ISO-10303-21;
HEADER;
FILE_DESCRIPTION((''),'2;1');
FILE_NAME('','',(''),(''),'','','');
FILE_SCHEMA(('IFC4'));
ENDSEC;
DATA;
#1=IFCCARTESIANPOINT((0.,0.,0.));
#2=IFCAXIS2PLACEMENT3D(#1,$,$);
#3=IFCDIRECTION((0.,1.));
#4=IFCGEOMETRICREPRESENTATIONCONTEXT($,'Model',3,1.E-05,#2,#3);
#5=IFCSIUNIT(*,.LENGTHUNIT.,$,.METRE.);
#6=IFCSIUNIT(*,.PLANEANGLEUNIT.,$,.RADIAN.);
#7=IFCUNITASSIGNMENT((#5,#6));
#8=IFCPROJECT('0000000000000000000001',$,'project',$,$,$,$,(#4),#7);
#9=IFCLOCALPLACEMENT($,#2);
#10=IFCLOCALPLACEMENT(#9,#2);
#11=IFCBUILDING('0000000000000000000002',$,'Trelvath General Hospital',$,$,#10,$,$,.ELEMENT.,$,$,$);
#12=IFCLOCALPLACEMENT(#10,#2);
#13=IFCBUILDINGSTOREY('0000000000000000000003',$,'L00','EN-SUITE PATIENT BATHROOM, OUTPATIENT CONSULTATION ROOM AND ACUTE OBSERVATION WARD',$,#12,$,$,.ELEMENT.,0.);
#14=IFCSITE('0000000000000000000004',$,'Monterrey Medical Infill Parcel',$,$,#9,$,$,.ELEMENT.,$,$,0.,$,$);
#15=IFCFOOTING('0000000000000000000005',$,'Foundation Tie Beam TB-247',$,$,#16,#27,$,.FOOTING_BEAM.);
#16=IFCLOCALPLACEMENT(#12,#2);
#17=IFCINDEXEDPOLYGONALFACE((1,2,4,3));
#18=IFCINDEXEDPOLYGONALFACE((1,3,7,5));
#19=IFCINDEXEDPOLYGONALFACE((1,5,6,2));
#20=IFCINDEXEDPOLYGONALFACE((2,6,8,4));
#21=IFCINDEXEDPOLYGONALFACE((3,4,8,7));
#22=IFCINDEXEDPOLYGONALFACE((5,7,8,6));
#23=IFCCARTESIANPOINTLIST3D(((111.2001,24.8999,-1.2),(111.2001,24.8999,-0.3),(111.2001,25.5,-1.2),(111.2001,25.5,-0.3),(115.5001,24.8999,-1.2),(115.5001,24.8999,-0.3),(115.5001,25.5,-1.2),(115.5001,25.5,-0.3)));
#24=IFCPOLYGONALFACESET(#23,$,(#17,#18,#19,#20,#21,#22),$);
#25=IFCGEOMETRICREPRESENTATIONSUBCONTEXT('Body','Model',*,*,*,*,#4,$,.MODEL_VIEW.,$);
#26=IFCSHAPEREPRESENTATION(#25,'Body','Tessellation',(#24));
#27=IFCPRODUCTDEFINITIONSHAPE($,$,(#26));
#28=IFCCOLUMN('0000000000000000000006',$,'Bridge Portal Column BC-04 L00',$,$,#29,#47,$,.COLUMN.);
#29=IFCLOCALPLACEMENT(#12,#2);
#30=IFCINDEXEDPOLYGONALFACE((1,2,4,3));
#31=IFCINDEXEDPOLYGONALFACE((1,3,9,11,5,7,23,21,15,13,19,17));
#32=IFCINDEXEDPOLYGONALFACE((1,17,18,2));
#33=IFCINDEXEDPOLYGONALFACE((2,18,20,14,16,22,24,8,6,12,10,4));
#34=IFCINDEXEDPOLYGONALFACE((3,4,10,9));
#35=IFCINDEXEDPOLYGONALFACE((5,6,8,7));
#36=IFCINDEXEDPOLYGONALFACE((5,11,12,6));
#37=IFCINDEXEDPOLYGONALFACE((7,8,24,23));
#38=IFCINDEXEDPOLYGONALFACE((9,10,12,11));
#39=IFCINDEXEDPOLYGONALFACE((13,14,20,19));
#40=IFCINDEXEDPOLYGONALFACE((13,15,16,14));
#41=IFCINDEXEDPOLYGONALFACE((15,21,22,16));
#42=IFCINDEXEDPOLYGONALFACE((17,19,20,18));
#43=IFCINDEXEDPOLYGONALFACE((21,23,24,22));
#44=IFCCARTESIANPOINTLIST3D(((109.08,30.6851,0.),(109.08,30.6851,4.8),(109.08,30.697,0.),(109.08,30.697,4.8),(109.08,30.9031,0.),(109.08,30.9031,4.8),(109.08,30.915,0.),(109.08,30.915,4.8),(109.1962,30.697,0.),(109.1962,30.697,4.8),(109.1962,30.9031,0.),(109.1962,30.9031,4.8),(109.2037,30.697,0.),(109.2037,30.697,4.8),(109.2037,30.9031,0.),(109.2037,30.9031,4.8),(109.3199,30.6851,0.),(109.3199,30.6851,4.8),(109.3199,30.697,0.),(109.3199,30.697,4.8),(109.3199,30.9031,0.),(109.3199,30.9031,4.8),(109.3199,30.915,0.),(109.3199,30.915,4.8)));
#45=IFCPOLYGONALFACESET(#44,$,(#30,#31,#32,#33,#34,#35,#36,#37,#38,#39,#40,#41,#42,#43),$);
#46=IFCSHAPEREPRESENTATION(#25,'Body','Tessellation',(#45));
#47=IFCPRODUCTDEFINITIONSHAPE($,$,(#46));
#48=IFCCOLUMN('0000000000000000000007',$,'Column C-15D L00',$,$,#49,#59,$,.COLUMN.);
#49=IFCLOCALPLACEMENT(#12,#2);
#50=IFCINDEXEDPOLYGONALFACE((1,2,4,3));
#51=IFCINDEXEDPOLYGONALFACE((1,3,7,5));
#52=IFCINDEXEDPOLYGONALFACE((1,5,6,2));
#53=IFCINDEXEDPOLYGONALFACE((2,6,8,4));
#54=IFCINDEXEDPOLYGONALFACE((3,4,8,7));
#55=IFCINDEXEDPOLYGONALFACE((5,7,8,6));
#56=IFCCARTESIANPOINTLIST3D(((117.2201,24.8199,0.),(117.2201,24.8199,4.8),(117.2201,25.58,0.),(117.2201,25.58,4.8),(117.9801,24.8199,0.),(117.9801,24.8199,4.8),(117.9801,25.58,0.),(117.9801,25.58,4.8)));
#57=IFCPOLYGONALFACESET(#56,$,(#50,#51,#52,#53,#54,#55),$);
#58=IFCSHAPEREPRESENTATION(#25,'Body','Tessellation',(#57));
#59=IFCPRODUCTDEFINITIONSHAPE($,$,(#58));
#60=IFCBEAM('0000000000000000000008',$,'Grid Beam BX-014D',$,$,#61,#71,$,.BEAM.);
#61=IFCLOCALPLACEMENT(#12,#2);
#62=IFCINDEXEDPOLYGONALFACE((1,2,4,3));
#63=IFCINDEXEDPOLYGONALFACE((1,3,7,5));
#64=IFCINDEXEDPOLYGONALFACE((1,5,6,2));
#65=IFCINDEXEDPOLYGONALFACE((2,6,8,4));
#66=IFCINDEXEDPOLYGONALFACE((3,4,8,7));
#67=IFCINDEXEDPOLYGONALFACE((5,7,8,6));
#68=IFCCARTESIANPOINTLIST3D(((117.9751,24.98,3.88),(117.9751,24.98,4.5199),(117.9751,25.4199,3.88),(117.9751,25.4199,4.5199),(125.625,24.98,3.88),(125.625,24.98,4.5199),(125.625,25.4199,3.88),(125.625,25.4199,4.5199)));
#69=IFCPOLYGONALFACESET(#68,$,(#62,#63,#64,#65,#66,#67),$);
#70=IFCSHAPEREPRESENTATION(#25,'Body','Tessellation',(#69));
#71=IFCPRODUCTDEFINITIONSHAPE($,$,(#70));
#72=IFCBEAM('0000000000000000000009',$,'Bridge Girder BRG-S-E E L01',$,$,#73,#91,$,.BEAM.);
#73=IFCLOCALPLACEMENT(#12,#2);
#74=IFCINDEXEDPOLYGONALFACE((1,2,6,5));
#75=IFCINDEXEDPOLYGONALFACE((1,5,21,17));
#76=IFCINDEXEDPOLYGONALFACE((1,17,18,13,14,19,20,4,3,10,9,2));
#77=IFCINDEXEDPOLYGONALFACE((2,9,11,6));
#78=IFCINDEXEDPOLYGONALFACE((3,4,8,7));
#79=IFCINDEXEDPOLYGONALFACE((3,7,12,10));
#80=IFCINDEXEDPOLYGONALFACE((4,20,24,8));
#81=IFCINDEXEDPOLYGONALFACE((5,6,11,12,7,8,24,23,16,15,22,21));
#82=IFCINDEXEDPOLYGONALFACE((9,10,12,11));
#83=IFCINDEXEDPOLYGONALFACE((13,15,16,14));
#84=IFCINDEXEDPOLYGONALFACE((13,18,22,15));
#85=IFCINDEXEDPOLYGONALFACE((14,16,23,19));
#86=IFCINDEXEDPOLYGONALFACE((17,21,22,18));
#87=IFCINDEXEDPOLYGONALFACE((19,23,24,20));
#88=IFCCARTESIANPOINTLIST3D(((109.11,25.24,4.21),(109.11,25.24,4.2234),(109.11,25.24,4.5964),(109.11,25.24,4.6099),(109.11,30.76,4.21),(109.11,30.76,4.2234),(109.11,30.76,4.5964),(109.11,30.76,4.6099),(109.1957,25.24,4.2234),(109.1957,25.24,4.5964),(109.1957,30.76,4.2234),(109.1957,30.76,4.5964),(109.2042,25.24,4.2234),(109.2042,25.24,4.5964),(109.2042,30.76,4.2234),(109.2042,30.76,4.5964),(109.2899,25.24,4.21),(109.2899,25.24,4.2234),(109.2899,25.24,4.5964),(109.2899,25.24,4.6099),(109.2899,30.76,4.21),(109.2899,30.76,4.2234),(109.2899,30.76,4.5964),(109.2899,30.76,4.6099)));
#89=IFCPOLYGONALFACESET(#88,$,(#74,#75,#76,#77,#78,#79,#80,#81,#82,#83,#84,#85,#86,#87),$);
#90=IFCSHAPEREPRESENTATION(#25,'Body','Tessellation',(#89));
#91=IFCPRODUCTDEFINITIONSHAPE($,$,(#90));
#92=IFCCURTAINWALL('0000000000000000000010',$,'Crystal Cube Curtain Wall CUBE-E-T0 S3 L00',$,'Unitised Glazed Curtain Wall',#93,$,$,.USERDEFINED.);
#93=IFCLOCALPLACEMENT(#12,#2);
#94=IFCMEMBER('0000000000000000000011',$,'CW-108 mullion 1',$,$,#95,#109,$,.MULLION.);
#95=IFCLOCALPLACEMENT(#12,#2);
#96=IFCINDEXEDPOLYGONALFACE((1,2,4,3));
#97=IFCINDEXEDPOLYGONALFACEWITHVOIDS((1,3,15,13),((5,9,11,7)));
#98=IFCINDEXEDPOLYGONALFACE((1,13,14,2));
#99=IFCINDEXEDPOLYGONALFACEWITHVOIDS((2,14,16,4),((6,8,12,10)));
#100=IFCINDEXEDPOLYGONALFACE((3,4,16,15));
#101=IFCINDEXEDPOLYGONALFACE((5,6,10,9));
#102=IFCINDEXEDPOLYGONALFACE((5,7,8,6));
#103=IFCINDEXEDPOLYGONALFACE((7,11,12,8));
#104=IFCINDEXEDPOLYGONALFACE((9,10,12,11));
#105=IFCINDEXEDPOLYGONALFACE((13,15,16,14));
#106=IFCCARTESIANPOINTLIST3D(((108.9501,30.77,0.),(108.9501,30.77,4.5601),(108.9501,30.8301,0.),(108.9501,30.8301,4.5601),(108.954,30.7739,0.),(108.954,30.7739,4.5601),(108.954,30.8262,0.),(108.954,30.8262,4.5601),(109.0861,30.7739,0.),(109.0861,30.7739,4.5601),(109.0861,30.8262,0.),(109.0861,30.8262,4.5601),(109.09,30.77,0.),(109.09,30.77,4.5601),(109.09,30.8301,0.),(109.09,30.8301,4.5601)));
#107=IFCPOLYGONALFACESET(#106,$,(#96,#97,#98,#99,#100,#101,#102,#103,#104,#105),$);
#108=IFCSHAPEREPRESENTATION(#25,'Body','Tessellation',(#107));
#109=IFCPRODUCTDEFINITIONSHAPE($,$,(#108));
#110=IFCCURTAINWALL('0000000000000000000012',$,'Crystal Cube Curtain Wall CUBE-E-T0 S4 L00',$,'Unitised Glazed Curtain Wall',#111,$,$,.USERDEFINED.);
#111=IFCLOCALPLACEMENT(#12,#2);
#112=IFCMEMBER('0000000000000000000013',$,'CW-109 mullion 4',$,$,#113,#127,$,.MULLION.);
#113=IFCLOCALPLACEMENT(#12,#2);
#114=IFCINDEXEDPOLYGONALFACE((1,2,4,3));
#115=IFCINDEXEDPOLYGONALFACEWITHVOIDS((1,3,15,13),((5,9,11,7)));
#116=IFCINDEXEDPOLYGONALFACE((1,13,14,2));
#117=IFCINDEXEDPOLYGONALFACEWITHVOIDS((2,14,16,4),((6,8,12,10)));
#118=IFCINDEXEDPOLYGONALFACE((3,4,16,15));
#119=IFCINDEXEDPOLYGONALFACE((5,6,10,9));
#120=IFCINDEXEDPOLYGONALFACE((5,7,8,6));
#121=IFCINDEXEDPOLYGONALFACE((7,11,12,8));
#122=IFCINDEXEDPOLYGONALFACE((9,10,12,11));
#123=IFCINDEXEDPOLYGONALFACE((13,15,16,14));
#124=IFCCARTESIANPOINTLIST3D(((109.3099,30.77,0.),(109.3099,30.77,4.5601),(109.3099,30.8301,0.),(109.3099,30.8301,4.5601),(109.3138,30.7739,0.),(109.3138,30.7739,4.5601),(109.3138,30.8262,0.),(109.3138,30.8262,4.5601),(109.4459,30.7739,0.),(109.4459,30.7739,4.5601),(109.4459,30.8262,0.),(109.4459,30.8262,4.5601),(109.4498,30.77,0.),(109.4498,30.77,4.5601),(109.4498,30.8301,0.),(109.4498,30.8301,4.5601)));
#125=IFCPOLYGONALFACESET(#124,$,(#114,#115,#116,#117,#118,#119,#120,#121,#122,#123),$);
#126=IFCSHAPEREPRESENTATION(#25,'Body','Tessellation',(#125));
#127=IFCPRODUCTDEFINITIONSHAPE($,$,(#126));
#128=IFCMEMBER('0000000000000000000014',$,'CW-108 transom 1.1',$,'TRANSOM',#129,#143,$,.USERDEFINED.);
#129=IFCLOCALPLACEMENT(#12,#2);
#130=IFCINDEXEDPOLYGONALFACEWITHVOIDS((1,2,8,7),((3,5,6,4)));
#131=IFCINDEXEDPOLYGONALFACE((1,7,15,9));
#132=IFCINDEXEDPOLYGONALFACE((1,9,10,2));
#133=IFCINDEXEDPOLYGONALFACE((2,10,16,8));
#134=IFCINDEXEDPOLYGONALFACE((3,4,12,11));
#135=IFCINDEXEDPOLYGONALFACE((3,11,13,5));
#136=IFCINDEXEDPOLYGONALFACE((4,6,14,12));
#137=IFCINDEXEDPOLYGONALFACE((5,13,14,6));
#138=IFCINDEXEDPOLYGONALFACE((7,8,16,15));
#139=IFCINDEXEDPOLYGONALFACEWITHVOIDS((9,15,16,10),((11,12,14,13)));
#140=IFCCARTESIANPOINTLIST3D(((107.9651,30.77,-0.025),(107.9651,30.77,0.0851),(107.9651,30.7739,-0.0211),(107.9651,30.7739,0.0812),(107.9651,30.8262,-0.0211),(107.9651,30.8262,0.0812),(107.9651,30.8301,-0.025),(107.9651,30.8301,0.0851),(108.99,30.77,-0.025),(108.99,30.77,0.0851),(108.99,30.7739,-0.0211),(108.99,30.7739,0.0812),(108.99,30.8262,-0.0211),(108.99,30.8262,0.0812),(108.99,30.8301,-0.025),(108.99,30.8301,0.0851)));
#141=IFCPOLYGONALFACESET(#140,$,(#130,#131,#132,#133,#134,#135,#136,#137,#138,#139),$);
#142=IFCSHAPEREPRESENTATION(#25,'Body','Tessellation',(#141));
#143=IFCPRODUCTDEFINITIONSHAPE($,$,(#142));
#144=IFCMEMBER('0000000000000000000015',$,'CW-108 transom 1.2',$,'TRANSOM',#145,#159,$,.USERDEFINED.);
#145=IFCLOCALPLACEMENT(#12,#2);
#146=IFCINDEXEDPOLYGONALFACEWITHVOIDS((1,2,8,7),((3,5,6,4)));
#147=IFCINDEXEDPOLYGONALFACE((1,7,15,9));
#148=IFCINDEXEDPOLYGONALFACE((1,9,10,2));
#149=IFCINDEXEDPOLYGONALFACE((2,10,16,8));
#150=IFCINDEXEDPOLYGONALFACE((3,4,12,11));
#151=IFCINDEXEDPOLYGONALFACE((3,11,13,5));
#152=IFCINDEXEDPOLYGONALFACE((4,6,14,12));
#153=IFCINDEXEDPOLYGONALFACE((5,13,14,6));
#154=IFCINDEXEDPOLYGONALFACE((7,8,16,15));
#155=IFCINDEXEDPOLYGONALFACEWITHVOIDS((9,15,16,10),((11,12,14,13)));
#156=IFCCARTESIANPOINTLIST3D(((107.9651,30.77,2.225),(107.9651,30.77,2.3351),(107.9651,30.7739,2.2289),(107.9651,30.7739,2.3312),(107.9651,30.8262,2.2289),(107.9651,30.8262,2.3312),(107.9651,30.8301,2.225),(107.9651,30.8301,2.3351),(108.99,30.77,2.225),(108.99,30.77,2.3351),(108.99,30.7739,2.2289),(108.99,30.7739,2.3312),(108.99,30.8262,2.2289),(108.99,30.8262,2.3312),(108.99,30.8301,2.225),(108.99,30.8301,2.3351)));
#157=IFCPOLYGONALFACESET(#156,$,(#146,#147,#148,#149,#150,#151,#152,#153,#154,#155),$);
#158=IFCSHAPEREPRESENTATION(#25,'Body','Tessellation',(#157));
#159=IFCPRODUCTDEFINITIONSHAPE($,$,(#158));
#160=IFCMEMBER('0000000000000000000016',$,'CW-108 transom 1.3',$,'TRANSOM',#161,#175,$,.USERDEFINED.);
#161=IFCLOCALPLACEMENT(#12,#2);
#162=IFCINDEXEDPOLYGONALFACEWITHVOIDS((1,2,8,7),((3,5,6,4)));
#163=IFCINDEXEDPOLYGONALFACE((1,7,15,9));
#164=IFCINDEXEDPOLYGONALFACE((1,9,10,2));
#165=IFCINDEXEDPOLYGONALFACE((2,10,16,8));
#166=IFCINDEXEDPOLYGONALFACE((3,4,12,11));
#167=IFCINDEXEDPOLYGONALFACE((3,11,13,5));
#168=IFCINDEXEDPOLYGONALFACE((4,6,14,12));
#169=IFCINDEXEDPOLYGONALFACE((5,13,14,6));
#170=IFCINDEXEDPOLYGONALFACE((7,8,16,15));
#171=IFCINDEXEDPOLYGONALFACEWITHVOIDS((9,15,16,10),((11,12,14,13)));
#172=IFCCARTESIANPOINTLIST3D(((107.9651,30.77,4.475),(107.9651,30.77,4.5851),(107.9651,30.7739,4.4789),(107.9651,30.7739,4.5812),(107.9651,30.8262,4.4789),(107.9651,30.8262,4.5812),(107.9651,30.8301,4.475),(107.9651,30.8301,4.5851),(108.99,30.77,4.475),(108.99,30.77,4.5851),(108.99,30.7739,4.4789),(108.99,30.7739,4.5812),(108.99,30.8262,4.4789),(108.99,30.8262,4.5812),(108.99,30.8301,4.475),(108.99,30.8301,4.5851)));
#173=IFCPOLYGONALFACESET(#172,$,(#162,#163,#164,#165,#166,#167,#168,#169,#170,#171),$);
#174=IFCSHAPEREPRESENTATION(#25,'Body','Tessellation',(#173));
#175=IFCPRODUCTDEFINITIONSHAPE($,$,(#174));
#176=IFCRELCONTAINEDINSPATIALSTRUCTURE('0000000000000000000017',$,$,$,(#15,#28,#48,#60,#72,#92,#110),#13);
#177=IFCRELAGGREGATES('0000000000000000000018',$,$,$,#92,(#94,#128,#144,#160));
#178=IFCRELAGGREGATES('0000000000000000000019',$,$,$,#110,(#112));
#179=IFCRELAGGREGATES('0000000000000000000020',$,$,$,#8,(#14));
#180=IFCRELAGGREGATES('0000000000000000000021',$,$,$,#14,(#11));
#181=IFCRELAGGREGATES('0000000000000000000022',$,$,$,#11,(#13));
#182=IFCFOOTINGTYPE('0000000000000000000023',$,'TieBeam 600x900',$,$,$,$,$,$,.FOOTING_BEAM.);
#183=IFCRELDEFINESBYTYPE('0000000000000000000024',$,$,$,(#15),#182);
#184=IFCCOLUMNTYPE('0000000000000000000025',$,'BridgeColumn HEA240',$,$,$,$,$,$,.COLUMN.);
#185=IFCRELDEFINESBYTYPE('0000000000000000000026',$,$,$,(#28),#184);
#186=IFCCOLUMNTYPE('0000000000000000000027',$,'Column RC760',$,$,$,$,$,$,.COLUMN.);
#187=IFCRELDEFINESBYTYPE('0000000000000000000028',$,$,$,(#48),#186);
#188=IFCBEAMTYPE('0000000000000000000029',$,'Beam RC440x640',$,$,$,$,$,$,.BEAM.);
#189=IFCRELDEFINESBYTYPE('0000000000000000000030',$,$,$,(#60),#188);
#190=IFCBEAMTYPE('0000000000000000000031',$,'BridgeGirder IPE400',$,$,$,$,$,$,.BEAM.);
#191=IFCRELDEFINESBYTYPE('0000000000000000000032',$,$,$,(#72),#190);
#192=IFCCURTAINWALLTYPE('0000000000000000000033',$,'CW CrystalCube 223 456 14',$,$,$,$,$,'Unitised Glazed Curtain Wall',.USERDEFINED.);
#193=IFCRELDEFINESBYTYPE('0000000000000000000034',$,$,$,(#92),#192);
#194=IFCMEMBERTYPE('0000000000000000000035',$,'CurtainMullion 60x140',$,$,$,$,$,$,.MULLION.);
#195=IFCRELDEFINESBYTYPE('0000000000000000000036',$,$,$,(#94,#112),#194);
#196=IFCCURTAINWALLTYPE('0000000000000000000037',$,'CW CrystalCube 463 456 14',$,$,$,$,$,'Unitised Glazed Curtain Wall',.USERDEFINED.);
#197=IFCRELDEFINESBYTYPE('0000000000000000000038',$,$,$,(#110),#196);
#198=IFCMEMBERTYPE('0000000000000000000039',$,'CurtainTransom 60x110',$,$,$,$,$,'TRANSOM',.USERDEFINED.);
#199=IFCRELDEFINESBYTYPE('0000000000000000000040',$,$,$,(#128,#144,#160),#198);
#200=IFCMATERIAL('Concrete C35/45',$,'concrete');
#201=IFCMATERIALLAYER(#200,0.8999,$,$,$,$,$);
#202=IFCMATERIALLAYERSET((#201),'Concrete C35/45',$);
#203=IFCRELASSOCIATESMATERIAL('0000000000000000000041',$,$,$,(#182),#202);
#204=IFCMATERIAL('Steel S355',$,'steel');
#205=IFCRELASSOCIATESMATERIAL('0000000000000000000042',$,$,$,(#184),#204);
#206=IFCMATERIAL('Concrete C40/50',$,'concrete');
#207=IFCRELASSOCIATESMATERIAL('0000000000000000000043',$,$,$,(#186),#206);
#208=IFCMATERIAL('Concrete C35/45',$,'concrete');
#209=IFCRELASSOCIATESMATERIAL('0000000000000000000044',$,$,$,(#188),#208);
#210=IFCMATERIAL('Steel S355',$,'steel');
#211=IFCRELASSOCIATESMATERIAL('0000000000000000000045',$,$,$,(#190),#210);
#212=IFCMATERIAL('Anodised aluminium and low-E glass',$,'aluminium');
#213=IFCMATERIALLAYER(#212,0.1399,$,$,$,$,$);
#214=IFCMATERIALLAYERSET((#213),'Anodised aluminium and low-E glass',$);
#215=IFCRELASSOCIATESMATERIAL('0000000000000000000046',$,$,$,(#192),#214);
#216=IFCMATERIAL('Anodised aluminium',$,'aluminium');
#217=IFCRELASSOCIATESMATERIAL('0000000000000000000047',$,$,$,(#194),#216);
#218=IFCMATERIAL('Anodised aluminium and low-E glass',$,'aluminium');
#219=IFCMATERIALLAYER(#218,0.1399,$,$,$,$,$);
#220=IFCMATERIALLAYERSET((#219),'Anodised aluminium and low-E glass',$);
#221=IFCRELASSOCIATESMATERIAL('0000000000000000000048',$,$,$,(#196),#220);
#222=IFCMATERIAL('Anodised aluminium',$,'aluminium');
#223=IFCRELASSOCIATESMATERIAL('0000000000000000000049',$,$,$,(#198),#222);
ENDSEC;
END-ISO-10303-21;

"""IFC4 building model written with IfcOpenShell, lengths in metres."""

from ifc_helpers import new_model, si_unit, direction, frame, origin, origin_2d, place, context, subcontext, project, spatial, rectangle, hollow_rectangle, i_section, extrude, material, layer, layer_set, material_profile, profile_set, type_object, element, aggregate, save


model = new_model("IFC4")

# Units and contexts
model_context = context("Model", 3, precision=1e-05, world=origin(), true_north=direction((0.0, 1.0)))
body_context = subcontext(model_context, "Body", "Model", "MODEL_VIEW")
ifc_project = project(units=[si_unit("LENGTHUNIT", "METRE"), si_unit("PLANEANGLEUNIT", "RADIAN")], contexts=[model_context])

# Site, building, storey
site_placement = place(None, origin())
site = spatial("IfcSite", under=ifc_project, at=site_placement, Name="Monterrey Medical Infill Parcel", CompositionType="ELEMENT", RefElevation=0.0)
building_placement = place(site_placement, origin())
building = spatial("IfcBuilding", under=site, at=building_placement, Name="Trelvath General Hospital", CompositionType="ELEMENT")
storey_placement = place(building_placement, origin())
storey = spatial("IfcBuildingStorey", under=building, at=storey_placement, Name="L00", Description="EN-SUITE PATIENT BATHROOM, OUTPATIENT CONSULTATION ROOM AND ACUTE OBSERVATION WARD", CompositionType="ELEMENT", Elevation=0.0)

# Footing
ifc_material_1 = material(Name="Concrete C35/45", Category="concrete")
ifc_layer_1 = layer(ifc_material_1, 0.8999)
ifc_layer_set_1 = layer_set([ifc_layer_1], Name="Concrete C35/45")
footing_type_1 = type_object("IfcFootingType", Name="TieBeam 600x900", PredefinedType="FOOTING_BEAM", material=ifc_layer_set_1)
footing_1_placement = place(storey_placement, frame((113.3501, 25.2, -1.2), z_axis=(0.0, 0.0, 1.0), x_axis=(1.0, 0.0, 0.0)))
element("IfcFooting", 1, at=footing_1_placement, inside=storey, type_object=footing_type_1, Name="Foundation Tie Beam TB-247", PredefinedType="FOOTING_BEAM", context=body_context, shape_type="SweptSolid", body=[
    extrude(rectangle(XDim=4.3, YDim=0.6001, at=origin_2d()), origin(), (0.0, 0.0, 1.0), 0.8999),
])

# Columns
ifc_material_2 = material(Name="Steel S355", Category="steel")
ifc_material_profile_1 = material_profile(ifc_material_2, i_section(OverallWidth=0.24, OverallDepth=0.23, WebThickness=0.0076, FlangeThickness=0.012, at=origin_2d()), Name="HEA240")
ifc_profile_set_1 = profile_set([ifc_material_profile_1], Name="Steel S355")
column_type_1 = type_object("IfcColumnType", Name="BridgeColumn HEA240", PredefinedType="COLUMN", material=ifc_profile_set_1)
column_1_placement = place(storey_placement, frame((109.2, 30.8, 0.0), z_axis=(0.0, 0.0, 1.0), x_axis=(1.0, 0.0, 0.0)))
element("IfcColumn", 2, at=column_1_placement, inside=storey, type_object=column_type_1, Name="Bridge Portal Column BC-04 L00", PredefinedType="COLUMN", context=body_context, shape_type="SweptSolid", body=[
    extrude(i_section(OverallWidth=0.24, OverallDepth=0.23, WebThickness=0.0076, FlangeThickness=0.012, at=origin_2d()), origin(), (0.0, 0.0, 1.0), 4.8),
])
ifc_material_3 = material(Name="Concrete C40/50", Category="concrete")
ifc_material_profile_2 = material_profile(ifc_material_3, rectangle(XDim=0.76, YDim=0.76, at=origin_2d()), Name="RC760x760")
ifc_profile_set_2 = profile_set([ifc_material_profile_2], Name="Concrete C40/50")
column_type_2 = type_object("IfcColumnType", Name="Column RC760", PredefinedType="COLUMN", material=ifc_profile_set_2)
column_2_placement = place(storey_placement, frame((117.6001, 25.2, 0.0), z_axis=(0.0, 0.0, 1.0), x_axis=(1.0, 0.0, 0.0)))
element("IfcColumn", 3, at=column_2_placement, inside=storey, type_object=column_type_2, Name="Column C-15D L00", PredefinedType="COLUMN", context=body_context, shape_type="SweptSolid", body=[
    extrude(rectangle(XDim=0.76, YDim=0.76, at=origin_2d()), origin(), (0.0, 0.0, 1.0), 4.8),
])

# Beams
ifc_material_4 = material(Name="Concrete C35/45", Category="concrete")
ifc_material_profile_3 = material_profile(ifc_material_4, rectangle(XDim=0.4399, YDim=0.6399, at=origin_2d()), Name="RCB440x640")
ifc_profile_set_3 = profile_set([ifc_material_profile_3], Name="Concrete C35/45")
beam_type_1 = type_object("IfcBeamType", Name="Beam RC440x640", PredefinedType="BEAM", material=ifc_profile_set_3)
beam_1_placement = place(storey_placement, frame((117.9751, 25.2, 4.2), z_axis=(1.0, 0.0, 0.0), x_axis=(0.0, 1.0, 0.0)))
element("IfcBeam", 4, at=beam_1_placement, inside=storey, type_object=beam_type_1, Name="Grid Beam BX-014D", PredefinedType="BEAM", context=body_context, shape_type="SweptSolid", body=[
    extrude(rectangle(XDim=0.4399, YDim=0.6399, at=origin_2d()), origin(), (0.0, 0.0, 1.0), 7.6499),
])
ifc_material_5 = material(Name="Steel S355", Category="steel")
ifc_material_profile_4 = material_profile(ifc_material_5, i_section(OverallWidth=0.1799, OverallDepth=0.3999, WebThickness=0.0085, FlangeThickness=0.0134, at=origin_2d()), Name="IPE400")
ifc_profile_set_4 = profile_set([ifc_material_profile_4], Name="Steel S355")
beam_type_2 = type_object("IfcBeamType", Name="BridgeGirder IPE400", PredefinedType="BEAM", material=ifc_profile_set_4)
beam_2_placement = place(storey_placement, frame((109.2, 25.24, 4.4099), z_axis=(0.0, 1.0, 0.0), x_axis=(-1.0, 0.0, 0.0)))
element("IfcBeam", 5, at=beam_2_placement, inside=storey, type_object=beam_type_2, Name="Bridge Girder BRG-S-E E L01", PredefinedType="BEAM", context=body_context, shape_type="SweptSolid", body=[
    extrude(i_section(OverallWidth=0.1799, OverallDepth=0.3999, WebThickness=0.0085, FlangeThickness=0.0134, at=origin_2d()), origin(), (0.0, 0.0, 1.0), 5.52),
])

# Curtain walls, members
ifc_material_6 = material(Name="Anodised aluminium and low-E glass", Category="aluminium")
ifc_layer_2 = layer(ifc_material_6, 0.1399)
ifc_layer_set_2 = layer_set([ifc_layer_2], Name="Anodised aluminium and low-E glass")
curtain_wall_type_1 = type_object("IfcCurtainWallType", Name="CW CrystalCube 223 456 14", ElementType="Unitised Glazed Curtain Wall", PredefinedType="USERDEFINED", material=ifc_layer_set_2)
curtain_wall_1_placement = place(storey_placement, origin())
curtain_wall_1 = element("IfcCurtainWall", 6, at=curtain_wall_1_placement, inside=storey, type_object=curtain_wall_type_1, Name="Crystal Cube Curtain Wall CUBE-E-T0 S3 L00", ObjectType="Unitised Glazed Curtain Wall", PredefinedType="USERDEFINED")
ifc_material_7 = material(Name="Anodised aluminium", Category="aluminium")
ifc_material_profile_5 = material_profile(ifc_material_7, hollow_rectangle(XDim=0.0601, YDim=0.1399, WallThickness=0.0039, at=origin_2d()), Name="RHS60x140x4")
ifc_profile_set_5 = profile_set([ifc_material_profile_5], Name="Anodised aluminium")
member_type_1 = type_object("IfcMemberType", Name="CurtainMullion 60x140", PredefinedType="MULLION", material=ifc_profile_set_5)
member_1_placement = place(storey_placement, frame((109.02, 30.8, 0.0), z_axis=(0.0, 0.0, 1.0), x_axis=(0.0, -1.0, 0.0)))
member_1 = element("IfcMember", 7, at=member_1_placement, type_object=member_type_1, Name="CW-108 mullion 1", PredefinedType="MULLION", context=body_context, shape_type="SweptSolid", body=[
    extrude(hollow_rectangle(XDim=0.0601, YDim=0.1399, WallThickness=0.0039, at=origin_2d()), origin(), (0.0, 0.0, 1.0), 4.5601),
])
ifc_material_8 = material(Name="Anodised aluminium and low-E glass", Category="aluminium")
ifc_layer_3 = layer(ifc_material_8, 0.1399)
ifc_layer_set_3 = layer_set([ifc_layer_3], Name="Anodised aluminium and low-E glass")
curtain_wall_type_2 = type_object("IfcCurtainWallType", Name="CW CrystalCube 463 456 14", ElementType="Unitised Glazed Curtain Wall", PredefinedType="USERDEFINED", material=ifc_layer_set_3)
curtain_wall_2_placement = place(storey_placement, origin())
curtain_wall_2 = element("IfcCurtainWall", 8, at=curtain_wall_2_placement, inside=storey, type_object=curtain_wall_type_2, Name="Crystal Cube Curtain Wall CUBE-E-T0 S4 L00", ObjectType="Unitised Glazed Curtain Wall", PredefinedType="USERDEFINED")
member_2_placement = place(storey_placement, frame((109.3799, 30.8, 0.0), z_axis=(0.0, 0.0, 1.0), x_axis=(0.0, -1.0, 0.0)))
member_2 = element("IfcMember", 9, at=member_2_placement, type_object=member_type_1, Name="CW-109 mullion 4", PredefinedType="MULLION", context=body_context, shape_type="SweptSolid", body=[
    extrude(hollow_rectangle(XDim=0.0601, YDim=0.1399, WallThickness=0.0039, at=origin_2d()), origin(), (0.0, 0.0, 1.0), 4.5601),
])

# Members
ifc_material_9 = material(Name="Anodised aluminium", Category="aluminium")
ifc_material_profile_6 = material_profile(ifc_material_9, hollow_rectangle(XDim=0.0601, YDim=0.1101, WallThickness=0.0039, at=origin_2d()), Name="RHS60x110x4")
ifc_profile_set_6 = profile_set([ifc_material_profile_6], Name="Anodised aluminium")
member_type_2 = type_object("IfcMemberType", Name="CurtainTransom 60x110", ElementType="TRANSOM", PredefinedType="USERDEFINED", material=ifc_profile_set_6)
member_3_placement = place(storey_placement, frame((108.99, 30.8, 0.03), z_axis=(-1.0, 0.0, 0.0), x_axis=(0.0, -1.0, 0.0)))
member_3 = element("IfcMember", 10, at=member_3_placement, type_object=member_type_2, Name="CW-108 transom 1.1", ObjectType="TRANSOM", PredefinedType="USERDEFINED", context=body_context, shape_type="SweptSolid", body=[
    extrude(hollow_rectangle(XDim=0.0601, YDim=0.1101, WallThickness=0.0039, at=origin_2d()), origin(), (0.0, 0.0, 1.0), 1.0249),
])
member_4_placement = place(storey_placement, frame((108.99, 30.8, 2.28), z_axis=(-1.0, 0.0, 0.0), x_axis=(0.0, -1.0, 0.0)))
member_4 = element("IfcMember", 11, at=member_4_placement, type_object=member_type_2, Name="CW-108 transom 1.2", ObjectType="TRANSOM", PredefinedType="USERDEFINED", context=body_context, shape_type="SweptSolid", body=[
    extrude(hollow_rectangle(XDim=0.0601, YDim=0.1101, WallThickness=0.0039, at=origin_2d()), origin(), (0.0, 0.0, 1.0), 1.0249),
])
member_5_placement = place(storey_placement, frame((108.99, 30.8, 4.53), z_axis=(-1.0, 0.0, 0.0), x_axis=(0.0, -1.0, 0.0)))
member_5 = element("IfcMember", 12, at=member_5_placement, type_object=member_type_2, Name="CW-108 transom 1.3", ObjectType="TRANSOM", PredefinedType="USERDEFINED", context=body_context, shape_type="SweptSolid", body=[
    extrude(hollow_rectangle(XDim=0.0601, YDim=0.1101, WallThickness=0.0039, at=origin_2d()), origin(), (0.0, 0.0, 1.0), 1.0249),
])
aggregate(curtain_wall_1, [member_1, member_3, member_4, member_5])

aggregate(curtain_wall_2, [member_2])

save(model, "model.ifc")
